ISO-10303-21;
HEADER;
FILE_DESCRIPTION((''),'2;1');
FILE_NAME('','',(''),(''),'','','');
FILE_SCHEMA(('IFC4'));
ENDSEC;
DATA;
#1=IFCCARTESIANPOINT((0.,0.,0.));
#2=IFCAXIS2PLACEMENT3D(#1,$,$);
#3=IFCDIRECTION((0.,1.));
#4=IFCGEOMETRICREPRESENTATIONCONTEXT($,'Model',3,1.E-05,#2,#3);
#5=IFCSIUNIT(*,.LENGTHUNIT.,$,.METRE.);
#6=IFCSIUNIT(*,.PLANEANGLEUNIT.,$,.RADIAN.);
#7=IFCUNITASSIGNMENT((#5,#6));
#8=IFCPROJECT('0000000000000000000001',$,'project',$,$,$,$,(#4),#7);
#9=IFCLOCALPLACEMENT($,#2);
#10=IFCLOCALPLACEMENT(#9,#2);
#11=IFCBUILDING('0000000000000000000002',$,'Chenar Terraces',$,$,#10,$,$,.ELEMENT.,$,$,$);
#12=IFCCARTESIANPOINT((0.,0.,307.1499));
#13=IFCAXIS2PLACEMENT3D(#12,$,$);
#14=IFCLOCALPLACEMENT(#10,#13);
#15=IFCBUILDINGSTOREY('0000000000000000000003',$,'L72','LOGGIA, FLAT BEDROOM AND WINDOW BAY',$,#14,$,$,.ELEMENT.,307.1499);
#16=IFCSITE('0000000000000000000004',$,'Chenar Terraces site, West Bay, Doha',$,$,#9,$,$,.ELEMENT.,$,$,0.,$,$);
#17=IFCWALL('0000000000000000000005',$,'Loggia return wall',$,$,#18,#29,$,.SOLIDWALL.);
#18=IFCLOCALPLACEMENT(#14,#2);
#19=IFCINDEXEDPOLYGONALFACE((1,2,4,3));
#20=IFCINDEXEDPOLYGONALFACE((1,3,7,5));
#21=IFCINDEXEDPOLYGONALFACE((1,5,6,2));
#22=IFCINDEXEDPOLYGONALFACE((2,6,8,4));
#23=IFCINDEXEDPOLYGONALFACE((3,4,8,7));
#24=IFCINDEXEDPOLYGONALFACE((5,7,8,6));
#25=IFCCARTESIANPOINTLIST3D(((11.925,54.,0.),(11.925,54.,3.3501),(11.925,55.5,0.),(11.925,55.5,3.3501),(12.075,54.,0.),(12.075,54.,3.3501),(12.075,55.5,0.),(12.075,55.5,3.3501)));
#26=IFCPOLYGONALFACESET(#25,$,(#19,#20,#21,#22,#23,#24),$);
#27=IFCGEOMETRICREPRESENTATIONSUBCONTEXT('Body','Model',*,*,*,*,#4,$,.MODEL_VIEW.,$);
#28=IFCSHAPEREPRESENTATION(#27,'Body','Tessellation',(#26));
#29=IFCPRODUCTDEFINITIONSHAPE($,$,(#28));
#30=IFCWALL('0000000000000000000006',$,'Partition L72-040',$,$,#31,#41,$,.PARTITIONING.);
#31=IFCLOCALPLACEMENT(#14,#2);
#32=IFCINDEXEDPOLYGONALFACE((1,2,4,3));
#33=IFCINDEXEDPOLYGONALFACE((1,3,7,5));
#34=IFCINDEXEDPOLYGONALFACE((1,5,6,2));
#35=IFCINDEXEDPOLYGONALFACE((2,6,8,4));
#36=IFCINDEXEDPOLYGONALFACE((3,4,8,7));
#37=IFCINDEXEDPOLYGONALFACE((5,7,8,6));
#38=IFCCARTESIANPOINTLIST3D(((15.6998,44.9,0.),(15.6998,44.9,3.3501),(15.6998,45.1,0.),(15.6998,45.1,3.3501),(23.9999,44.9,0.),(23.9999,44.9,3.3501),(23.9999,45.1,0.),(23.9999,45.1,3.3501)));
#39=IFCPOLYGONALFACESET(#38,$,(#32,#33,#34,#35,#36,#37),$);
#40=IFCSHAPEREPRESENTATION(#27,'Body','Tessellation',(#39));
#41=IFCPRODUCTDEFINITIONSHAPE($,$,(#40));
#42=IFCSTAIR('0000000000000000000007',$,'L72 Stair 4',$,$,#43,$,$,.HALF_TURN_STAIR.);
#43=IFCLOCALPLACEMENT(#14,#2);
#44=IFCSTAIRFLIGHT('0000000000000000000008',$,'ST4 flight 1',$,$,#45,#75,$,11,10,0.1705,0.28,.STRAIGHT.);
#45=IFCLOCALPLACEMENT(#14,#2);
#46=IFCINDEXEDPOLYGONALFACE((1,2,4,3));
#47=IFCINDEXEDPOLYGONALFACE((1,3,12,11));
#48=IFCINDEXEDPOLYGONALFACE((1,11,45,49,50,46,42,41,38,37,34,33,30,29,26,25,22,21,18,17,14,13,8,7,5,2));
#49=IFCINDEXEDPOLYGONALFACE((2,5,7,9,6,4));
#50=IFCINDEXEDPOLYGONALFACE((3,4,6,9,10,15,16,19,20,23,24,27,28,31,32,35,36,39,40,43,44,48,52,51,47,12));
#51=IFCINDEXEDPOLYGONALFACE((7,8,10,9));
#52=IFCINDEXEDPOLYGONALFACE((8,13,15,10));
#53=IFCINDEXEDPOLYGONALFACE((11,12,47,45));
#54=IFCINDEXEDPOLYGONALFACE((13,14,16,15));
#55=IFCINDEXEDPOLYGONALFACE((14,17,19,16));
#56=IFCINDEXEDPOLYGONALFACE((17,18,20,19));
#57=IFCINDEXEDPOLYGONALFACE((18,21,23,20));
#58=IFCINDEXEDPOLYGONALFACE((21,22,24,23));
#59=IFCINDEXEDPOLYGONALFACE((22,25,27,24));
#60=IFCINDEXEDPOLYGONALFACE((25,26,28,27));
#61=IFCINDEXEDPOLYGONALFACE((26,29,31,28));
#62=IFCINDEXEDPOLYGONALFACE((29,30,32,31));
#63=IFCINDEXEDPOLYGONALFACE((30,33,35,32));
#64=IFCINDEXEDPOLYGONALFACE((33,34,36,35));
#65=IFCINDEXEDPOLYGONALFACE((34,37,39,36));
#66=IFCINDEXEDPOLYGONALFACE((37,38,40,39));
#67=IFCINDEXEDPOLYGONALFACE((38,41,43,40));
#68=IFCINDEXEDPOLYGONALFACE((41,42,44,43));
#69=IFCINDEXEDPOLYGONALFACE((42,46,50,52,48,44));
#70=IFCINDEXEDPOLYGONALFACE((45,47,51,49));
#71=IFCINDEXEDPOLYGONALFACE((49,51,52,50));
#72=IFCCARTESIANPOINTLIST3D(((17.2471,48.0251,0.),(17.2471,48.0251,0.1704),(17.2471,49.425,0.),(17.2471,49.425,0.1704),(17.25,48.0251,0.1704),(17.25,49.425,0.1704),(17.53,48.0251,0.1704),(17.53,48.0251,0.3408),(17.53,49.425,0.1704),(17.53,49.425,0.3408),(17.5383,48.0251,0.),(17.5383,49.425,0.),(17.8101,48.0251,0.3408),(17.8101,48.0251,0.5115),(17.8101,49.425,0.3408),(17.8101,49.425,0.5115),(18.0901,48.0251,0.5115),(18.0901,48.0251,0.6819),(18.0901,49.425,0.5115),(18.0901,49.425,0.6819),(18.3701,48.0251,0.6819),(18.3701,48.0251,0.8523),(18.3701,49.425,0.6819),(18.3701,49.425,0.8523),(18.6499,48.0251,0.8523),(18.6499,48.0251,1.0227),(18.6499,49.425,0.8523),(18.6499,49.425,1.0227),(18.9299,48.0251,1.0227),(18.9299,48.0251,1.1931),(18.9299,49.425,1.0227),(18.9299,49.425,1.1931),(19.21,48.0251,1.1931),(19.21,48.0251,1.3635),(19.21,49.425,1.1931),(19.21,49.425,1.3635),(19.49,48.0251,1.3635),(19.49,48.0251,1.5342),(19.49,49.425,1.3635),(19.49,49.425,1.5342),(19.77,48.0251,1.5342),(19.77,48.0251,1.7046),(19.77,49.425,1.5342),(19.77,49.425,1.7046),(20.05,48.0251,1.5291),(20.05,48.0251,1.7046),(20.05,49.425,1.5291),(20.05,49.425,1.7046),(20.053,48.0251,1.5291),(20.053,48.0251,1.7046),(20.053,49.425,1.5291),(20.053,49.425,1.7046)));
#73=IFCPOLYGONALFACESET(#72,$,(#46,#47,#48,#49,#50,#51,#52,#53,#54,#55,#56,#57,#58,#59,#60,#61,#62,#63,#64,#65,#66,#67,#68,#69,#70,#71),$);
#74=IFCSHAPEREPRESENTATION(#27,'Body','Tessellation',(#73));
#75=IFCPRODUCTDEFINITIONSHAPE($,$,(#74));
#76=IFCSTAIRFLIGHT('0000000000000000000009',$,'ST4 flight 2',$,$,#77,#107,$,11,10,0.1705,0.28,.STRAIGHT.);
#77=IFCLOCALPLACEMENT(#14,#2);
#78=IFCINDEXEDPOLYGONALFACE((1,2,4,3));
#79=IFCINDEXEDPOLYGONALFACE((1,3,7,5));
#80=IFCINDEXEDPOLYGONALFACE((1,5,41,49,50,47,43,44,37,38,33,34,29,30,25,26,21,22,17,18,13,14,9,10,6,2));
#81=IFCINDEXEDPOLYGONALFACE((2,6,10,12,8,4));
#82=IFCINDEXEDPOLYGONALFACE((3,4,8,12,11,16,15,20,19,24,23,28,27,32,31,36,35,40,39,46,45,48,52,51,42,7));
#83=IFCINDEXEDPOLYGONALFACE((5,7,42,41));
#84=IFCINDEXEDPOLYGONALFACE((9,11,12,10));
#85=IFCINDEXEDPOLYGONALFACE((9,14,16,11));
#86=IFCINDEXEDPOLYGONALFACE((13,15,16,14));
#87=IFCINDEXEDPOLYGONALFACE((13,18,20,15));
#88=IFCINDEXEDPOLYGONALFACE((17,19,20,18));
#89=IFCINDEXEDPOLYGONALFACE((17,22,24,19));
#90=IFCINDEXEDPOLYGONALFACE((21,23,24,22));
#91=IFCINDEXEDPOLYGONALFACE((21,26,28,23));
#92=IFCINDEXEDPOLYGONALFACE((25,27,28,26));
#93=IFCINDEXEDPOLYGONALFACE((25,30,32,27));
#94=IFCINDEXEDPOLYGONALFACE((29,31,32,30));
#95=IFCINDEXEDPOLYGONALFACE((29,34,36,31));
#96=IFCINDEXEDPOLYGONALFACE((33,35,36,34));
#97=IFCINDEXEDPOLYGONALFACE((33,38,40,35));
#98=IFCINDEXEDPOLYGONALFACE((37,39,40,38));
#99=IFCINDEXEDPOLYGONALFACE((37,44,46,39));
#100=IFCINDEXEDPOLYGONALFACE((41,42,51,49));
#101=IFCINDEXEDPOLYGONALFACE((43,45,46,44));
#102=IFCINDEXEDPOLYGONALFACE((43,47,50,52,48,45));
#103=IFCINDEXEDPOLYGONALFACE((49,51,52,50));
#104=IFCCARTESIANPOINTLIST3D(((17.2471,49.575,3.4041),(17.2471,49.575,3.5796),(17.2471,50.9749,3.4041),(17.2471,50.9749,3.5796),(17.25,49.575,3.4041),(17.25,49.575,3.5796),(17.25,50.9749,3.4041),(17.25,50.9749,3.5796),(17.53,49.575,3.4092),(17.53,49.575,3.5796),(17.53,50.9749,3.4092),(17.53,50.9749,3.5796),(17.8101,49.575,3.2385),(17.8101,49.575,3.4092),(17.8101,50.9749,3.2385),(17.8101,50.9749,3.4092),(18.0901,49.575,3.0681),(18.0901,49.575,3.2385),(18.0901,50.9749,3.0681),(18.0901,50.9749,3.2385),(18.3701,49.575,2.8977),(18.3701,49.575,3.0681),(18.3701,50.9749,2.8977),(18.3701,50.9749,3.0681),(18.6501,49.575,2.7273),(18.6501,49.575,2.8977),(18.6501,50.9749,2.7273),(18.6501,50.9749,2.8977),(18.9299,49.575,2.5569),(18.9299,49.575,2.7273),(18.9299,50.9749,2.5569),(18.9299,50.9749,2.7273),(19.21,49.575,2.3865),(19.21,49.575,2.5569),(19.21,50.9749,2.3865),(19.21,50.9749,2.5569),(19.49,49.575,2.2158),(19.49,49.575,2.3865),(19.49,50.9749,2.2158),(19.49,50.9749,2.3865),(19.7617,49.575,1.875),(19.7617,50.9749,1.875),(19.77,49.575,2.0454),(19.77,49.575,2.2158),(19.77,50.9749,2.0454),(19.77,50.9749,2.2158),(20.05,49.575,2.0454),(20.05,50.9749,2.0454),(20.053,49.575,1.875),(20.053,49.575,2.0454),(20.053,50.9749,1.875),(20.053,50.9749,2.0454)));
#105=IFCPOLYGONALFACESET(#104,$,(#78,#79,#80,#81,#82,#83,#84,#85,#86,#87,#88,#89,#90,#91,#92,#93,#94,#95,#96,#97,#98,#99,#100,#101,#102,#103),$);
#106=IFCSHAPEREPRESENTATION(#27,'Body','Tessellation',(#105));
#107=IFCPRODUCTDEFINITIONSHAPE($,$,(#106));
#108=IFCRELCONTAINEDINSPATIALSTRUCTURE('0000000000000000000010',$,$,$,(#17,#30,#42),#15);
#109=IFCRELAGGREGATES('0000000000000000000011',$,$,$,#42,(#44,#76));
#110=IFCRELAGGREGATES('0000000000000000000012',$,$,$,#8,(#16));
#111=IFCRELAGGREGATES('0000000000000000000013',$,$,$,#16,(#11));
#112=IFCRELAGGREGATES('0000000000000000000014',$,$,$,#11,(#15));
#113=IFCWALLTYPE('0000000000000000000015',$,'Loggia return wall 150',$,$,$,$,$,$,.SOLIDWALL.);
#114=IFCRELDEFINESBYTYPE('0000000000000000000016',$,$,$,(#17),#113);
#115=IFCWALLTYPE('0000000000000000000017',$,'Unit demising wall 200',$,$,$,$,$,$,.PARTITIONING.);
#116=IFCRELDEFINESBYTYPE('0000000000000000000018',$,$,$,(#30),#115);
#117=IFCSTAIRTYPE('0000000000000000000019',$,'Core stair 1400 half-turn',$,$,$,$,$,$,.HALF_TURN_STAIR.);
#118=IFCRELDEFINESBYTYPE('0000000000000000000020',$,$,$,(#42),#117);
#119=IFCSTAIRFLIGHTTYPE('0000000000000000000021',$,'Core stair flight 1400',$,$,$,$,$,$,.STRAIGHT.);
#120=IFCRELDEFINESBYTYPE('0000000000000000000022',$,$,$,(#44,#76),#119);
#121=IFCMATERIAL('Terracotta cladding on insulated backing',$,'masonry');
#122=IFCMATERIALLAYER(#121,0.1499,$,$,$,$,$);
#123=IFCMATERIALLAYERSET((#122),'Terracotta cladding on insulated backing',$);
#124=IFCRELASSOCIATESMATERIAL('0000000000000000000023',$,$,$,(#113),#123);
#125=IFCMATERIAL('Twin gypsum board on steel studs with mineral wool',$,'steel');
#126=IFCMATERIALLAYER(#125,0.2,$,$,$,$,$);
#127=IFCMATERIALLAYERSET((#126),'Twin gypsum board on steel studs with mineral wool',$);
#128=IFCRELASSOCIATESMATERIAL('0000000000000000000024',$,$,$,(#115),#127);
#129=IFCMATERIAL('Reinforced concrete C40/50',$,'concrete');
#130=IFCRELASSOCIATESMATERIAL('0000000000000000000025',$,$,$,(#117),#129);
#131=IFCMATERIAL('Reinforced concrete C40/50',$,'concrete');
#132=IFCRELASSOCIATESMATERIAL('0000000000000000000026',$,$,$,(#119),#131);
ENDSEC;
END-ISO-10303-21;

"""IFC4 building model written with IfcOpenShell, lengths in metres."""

from ifc_helpers import new_model, si_unit, direction, frame, frame_2d, origin, place, context, subcontext, project, spatial, polyline, rectangle, outline, extrude, material, layer, layer_set, type_object, element, aggregate, save


model = new_model("IFC4")

# Units and contexts
model_context = context("Model", 3, precision=1e-05, world=origin(), true_north=direction((0.0, 1.0)))
body_context = subcontext(model_context, "Body", "Model", "MODEL_VIEW")
ifc_project = project(units=[si_unit("LENGTHUNIT", "METRE"), si_unit("PLANEANGLEUNIT", "RADIAN")], contexts=[model_context])

# Site, building, storey
site_placement = place(None, origin())
site = spatial("IfcSite", under=ifc_project, at=site_placement, Name="Chenar Terraces site, West Bay, Doha", CompositionType="ELEMENT", RefElevation=0.0)
building_placement = place(site_placement, origin())
building = spatial("IfcBuilding", under=site, at=building_placement, Name="Chenar Terraces", CompositionType="ELEMENT")
storey_placement = place(building_placement, frame((0.0, 0.0, 307.1499)))
storey = spatial("IfcBuildingStorey", under=building, at=storey_placement, Name="L72", Description="LOGGIA, FLAT BEDROOM AND WINDOW BAY", CompositionType="ELEMENT", Elevation=307.1499)

# Walls
ifc_material_1 = material(Name="Terracotta cladding on insulated backing", Category="masonry")
ifc_layer_1 = layer(ifc_material_1, 0.1499)
ifc_layer_set_1 = layer_set([ifc_layer_1], Name="Terracotta cladding on insulated backing")
wall_type_1 = type_object("IfcWallType", Name="Loggia return wall 150", PredefinedType="SOLIDWALL", material=ifc_layer_set_1)
wall_1_placement = place(storey_placement, frame((12.0, 55.5, 0.0), z_axis=(0.0, 0.0, 1.0), x_axis=(0.0, -1.0, 0.0)))
element("IfcWall", 1, at=wall_1_placement, inside=storey, type_object=wall_type_1, Name="Loggia return wall", PredefinedType="SOLIDWALL", context=body_context, shape_type="SweptSolid", body=[
    extrude(rectangle(XDim=1.5, YDim=0.1499, at=frame_2d((0.75, 0.0))), origin(), (0.0, 0.0, 1.0), 3.3501),
])
ifc_material_2 = material(Name="Twin gypsum board on steel studs with mineral wool", Category="steel")
ifc_layer_2 = layer(ifc_material_2, 0.2)
ifc_layer_set_2 = layer_set([ifc_layer_2], Name="Twin gypsum board on steel studs with mineral wool")
wall_type_2 = type_object("IfcWallType", Name="Unit demising wall 200", PredefinedType="PARTITIONING", material=ifc_layer_set_2)
wall_2_placement = place(storey_placement, frame((15.7, 45.0, 0.0), z_axis=(0.0, 0.0, 1.0), x_axis=(1.0, 0.0, 0.0)))
element("IfcWall", 2, at=wall_2_placement, inside=storey, type_object=wall_type_2, Name="Partition L72-040", PredefinedType="PARTITIONING", context=body_context, shape_type="SweptSolid", body=[
    extrude(rectangle(XDim=8.3, YDim=0.2, at=frame_2d((4.1499, 0.0))), origin(), (0.0, 0.0, 1.0), 3.3501),
])

# Stair, stair flights
ifc_material_3 = material(Name="Reinforced concrete C40/50", Category="concrete")
stair_type = type_object("IfcStairType", Name="Core stair 1400 half-turn", PredefinedType="HALF_TURN_STAIR", material=ifc_material_3)
stair_placement = place(storey_placement, origin())
stair = element("IfcStair", 3, at=stair_placement, inside=storey, type_object=stair_type, Name="L72 Stair 4", PredefinedType="HALF_TURN_STAIR")
ifc_material_4 = material(Name="Reinforced concrete C40/50", Category="concrete")
stair_flight_type = type_object("IfcStairFlightType", Name="Core stair flight 1400", PredefinedType="STRAIGHT", material=ifc_material_4)
stair_flight_1_placement = place(storey_placement, frame((17.25, 48.7251, 0.0), z_axis=(0.0, 0.0, 1.0), x_axis=(1.0, 0.0, 0.0)))
stair_flight_1 = element("IfcStairFlight", 4, at=stair_flight_1_placement, type_object=stair_flight_type, Name="ST4 flight 1", NumberOfRisers=11, NumberOfTreads=10, PredefinedType="STRAIGHT", RiserHeight=0.1705, TreadLength=0.28, context=body_context, shape_type="SweptSolid", body=[
    extrude(outline(polyline([(-0.0029, 0.0), (-0.0029, 0.1704), (0.0, 0.1704), (0.28, 0.1704), (0.28, 0.3408), (0.5601, 0.3408), (0.5601, 0.5115), (0.8401, 0.5115), (0.8401, 0.6819), (1.1201, 0.6819), (1.1201, 0.8523), (1.3999, 0.8523), (1.3999, 1.0227), (1.6799, 1.0227), (1.6799, 1.1931), (1.96, 1.1931), (1.96, 1.3635), (2.24, 1.3635), (2.24, 1.5342), (2.52, 1.5342), (2.52, 1.7046), (2.8, 1.7046), (2.803, 1.7046), (2.803, 1.5291), (2.8, 1.5291), (0.2883, 0.0), (-0.0029, 0.0)])), frame((0.0, 0.7, 0.0), z_axis=(0.0, -1.0, 0.0), x_axis=(1.0, 0.0, 0.0)), (0.0, 0.0, 1.0), 1.3999),
])
stair_flight_2_placement = place(storey_placement, frame((20.05, 50.2749, 1.875), z_axis=(0.0, 0.0, 1.0), x_axis=(-1.0, 0.0, 0.0)))
stair_flight_2 = element("IfcStairFlight", 5, at=stair_flight_2_placement, type_object=stair_flight_type, Name="ST4 flight 2", NumberOfRisers=11, NumberOfTreads=10, PredefinedType="STRAIGHT", RiserHeight=0.1705, TreadLength=0.28, context=body_context, shape_type="SweptSolid", body=[
    extrude(outline(polyline([(-0.0029, 0.0), (-0.0029, 0.1704), (0.0, 0.1704), (0.28, 0.1704), (0.28, 0.3408), (0.5601, 0.3408), (0.5601, 0.5115), (0.8401, 0.5115), (0.8401, 0.6819), (1.1201, 0.6819), (1.1201, 0.8523), (1.3999, 0.8523), (1.3999, 1.0227), (1.6799, 1.0227), (1.6799, 1.1931), (1.96, 1.1931), (1.96, 1.3635), (2.24, 1.3635), (2.24, 1.5342), (2.52, 1.5342), (2.52, 1.7046), (2.8, 1.7046), (2.803, 1.7046), (2.803, 1.5291), (2.8, 1.5291), (0.2883, 0.0), (-0.0029, 0.0)])), frame((0.0, 0.7, 0.0), z_axis=(0.0, -1.0, 0.0), x_axis=(1.0, 0.0, 0.0)), (0.0, 0.0, 1.0), 1.3999),
])
aggregate(stair, [stair_flight_1, stair_flight_2])

save(model, "model.ifc")
